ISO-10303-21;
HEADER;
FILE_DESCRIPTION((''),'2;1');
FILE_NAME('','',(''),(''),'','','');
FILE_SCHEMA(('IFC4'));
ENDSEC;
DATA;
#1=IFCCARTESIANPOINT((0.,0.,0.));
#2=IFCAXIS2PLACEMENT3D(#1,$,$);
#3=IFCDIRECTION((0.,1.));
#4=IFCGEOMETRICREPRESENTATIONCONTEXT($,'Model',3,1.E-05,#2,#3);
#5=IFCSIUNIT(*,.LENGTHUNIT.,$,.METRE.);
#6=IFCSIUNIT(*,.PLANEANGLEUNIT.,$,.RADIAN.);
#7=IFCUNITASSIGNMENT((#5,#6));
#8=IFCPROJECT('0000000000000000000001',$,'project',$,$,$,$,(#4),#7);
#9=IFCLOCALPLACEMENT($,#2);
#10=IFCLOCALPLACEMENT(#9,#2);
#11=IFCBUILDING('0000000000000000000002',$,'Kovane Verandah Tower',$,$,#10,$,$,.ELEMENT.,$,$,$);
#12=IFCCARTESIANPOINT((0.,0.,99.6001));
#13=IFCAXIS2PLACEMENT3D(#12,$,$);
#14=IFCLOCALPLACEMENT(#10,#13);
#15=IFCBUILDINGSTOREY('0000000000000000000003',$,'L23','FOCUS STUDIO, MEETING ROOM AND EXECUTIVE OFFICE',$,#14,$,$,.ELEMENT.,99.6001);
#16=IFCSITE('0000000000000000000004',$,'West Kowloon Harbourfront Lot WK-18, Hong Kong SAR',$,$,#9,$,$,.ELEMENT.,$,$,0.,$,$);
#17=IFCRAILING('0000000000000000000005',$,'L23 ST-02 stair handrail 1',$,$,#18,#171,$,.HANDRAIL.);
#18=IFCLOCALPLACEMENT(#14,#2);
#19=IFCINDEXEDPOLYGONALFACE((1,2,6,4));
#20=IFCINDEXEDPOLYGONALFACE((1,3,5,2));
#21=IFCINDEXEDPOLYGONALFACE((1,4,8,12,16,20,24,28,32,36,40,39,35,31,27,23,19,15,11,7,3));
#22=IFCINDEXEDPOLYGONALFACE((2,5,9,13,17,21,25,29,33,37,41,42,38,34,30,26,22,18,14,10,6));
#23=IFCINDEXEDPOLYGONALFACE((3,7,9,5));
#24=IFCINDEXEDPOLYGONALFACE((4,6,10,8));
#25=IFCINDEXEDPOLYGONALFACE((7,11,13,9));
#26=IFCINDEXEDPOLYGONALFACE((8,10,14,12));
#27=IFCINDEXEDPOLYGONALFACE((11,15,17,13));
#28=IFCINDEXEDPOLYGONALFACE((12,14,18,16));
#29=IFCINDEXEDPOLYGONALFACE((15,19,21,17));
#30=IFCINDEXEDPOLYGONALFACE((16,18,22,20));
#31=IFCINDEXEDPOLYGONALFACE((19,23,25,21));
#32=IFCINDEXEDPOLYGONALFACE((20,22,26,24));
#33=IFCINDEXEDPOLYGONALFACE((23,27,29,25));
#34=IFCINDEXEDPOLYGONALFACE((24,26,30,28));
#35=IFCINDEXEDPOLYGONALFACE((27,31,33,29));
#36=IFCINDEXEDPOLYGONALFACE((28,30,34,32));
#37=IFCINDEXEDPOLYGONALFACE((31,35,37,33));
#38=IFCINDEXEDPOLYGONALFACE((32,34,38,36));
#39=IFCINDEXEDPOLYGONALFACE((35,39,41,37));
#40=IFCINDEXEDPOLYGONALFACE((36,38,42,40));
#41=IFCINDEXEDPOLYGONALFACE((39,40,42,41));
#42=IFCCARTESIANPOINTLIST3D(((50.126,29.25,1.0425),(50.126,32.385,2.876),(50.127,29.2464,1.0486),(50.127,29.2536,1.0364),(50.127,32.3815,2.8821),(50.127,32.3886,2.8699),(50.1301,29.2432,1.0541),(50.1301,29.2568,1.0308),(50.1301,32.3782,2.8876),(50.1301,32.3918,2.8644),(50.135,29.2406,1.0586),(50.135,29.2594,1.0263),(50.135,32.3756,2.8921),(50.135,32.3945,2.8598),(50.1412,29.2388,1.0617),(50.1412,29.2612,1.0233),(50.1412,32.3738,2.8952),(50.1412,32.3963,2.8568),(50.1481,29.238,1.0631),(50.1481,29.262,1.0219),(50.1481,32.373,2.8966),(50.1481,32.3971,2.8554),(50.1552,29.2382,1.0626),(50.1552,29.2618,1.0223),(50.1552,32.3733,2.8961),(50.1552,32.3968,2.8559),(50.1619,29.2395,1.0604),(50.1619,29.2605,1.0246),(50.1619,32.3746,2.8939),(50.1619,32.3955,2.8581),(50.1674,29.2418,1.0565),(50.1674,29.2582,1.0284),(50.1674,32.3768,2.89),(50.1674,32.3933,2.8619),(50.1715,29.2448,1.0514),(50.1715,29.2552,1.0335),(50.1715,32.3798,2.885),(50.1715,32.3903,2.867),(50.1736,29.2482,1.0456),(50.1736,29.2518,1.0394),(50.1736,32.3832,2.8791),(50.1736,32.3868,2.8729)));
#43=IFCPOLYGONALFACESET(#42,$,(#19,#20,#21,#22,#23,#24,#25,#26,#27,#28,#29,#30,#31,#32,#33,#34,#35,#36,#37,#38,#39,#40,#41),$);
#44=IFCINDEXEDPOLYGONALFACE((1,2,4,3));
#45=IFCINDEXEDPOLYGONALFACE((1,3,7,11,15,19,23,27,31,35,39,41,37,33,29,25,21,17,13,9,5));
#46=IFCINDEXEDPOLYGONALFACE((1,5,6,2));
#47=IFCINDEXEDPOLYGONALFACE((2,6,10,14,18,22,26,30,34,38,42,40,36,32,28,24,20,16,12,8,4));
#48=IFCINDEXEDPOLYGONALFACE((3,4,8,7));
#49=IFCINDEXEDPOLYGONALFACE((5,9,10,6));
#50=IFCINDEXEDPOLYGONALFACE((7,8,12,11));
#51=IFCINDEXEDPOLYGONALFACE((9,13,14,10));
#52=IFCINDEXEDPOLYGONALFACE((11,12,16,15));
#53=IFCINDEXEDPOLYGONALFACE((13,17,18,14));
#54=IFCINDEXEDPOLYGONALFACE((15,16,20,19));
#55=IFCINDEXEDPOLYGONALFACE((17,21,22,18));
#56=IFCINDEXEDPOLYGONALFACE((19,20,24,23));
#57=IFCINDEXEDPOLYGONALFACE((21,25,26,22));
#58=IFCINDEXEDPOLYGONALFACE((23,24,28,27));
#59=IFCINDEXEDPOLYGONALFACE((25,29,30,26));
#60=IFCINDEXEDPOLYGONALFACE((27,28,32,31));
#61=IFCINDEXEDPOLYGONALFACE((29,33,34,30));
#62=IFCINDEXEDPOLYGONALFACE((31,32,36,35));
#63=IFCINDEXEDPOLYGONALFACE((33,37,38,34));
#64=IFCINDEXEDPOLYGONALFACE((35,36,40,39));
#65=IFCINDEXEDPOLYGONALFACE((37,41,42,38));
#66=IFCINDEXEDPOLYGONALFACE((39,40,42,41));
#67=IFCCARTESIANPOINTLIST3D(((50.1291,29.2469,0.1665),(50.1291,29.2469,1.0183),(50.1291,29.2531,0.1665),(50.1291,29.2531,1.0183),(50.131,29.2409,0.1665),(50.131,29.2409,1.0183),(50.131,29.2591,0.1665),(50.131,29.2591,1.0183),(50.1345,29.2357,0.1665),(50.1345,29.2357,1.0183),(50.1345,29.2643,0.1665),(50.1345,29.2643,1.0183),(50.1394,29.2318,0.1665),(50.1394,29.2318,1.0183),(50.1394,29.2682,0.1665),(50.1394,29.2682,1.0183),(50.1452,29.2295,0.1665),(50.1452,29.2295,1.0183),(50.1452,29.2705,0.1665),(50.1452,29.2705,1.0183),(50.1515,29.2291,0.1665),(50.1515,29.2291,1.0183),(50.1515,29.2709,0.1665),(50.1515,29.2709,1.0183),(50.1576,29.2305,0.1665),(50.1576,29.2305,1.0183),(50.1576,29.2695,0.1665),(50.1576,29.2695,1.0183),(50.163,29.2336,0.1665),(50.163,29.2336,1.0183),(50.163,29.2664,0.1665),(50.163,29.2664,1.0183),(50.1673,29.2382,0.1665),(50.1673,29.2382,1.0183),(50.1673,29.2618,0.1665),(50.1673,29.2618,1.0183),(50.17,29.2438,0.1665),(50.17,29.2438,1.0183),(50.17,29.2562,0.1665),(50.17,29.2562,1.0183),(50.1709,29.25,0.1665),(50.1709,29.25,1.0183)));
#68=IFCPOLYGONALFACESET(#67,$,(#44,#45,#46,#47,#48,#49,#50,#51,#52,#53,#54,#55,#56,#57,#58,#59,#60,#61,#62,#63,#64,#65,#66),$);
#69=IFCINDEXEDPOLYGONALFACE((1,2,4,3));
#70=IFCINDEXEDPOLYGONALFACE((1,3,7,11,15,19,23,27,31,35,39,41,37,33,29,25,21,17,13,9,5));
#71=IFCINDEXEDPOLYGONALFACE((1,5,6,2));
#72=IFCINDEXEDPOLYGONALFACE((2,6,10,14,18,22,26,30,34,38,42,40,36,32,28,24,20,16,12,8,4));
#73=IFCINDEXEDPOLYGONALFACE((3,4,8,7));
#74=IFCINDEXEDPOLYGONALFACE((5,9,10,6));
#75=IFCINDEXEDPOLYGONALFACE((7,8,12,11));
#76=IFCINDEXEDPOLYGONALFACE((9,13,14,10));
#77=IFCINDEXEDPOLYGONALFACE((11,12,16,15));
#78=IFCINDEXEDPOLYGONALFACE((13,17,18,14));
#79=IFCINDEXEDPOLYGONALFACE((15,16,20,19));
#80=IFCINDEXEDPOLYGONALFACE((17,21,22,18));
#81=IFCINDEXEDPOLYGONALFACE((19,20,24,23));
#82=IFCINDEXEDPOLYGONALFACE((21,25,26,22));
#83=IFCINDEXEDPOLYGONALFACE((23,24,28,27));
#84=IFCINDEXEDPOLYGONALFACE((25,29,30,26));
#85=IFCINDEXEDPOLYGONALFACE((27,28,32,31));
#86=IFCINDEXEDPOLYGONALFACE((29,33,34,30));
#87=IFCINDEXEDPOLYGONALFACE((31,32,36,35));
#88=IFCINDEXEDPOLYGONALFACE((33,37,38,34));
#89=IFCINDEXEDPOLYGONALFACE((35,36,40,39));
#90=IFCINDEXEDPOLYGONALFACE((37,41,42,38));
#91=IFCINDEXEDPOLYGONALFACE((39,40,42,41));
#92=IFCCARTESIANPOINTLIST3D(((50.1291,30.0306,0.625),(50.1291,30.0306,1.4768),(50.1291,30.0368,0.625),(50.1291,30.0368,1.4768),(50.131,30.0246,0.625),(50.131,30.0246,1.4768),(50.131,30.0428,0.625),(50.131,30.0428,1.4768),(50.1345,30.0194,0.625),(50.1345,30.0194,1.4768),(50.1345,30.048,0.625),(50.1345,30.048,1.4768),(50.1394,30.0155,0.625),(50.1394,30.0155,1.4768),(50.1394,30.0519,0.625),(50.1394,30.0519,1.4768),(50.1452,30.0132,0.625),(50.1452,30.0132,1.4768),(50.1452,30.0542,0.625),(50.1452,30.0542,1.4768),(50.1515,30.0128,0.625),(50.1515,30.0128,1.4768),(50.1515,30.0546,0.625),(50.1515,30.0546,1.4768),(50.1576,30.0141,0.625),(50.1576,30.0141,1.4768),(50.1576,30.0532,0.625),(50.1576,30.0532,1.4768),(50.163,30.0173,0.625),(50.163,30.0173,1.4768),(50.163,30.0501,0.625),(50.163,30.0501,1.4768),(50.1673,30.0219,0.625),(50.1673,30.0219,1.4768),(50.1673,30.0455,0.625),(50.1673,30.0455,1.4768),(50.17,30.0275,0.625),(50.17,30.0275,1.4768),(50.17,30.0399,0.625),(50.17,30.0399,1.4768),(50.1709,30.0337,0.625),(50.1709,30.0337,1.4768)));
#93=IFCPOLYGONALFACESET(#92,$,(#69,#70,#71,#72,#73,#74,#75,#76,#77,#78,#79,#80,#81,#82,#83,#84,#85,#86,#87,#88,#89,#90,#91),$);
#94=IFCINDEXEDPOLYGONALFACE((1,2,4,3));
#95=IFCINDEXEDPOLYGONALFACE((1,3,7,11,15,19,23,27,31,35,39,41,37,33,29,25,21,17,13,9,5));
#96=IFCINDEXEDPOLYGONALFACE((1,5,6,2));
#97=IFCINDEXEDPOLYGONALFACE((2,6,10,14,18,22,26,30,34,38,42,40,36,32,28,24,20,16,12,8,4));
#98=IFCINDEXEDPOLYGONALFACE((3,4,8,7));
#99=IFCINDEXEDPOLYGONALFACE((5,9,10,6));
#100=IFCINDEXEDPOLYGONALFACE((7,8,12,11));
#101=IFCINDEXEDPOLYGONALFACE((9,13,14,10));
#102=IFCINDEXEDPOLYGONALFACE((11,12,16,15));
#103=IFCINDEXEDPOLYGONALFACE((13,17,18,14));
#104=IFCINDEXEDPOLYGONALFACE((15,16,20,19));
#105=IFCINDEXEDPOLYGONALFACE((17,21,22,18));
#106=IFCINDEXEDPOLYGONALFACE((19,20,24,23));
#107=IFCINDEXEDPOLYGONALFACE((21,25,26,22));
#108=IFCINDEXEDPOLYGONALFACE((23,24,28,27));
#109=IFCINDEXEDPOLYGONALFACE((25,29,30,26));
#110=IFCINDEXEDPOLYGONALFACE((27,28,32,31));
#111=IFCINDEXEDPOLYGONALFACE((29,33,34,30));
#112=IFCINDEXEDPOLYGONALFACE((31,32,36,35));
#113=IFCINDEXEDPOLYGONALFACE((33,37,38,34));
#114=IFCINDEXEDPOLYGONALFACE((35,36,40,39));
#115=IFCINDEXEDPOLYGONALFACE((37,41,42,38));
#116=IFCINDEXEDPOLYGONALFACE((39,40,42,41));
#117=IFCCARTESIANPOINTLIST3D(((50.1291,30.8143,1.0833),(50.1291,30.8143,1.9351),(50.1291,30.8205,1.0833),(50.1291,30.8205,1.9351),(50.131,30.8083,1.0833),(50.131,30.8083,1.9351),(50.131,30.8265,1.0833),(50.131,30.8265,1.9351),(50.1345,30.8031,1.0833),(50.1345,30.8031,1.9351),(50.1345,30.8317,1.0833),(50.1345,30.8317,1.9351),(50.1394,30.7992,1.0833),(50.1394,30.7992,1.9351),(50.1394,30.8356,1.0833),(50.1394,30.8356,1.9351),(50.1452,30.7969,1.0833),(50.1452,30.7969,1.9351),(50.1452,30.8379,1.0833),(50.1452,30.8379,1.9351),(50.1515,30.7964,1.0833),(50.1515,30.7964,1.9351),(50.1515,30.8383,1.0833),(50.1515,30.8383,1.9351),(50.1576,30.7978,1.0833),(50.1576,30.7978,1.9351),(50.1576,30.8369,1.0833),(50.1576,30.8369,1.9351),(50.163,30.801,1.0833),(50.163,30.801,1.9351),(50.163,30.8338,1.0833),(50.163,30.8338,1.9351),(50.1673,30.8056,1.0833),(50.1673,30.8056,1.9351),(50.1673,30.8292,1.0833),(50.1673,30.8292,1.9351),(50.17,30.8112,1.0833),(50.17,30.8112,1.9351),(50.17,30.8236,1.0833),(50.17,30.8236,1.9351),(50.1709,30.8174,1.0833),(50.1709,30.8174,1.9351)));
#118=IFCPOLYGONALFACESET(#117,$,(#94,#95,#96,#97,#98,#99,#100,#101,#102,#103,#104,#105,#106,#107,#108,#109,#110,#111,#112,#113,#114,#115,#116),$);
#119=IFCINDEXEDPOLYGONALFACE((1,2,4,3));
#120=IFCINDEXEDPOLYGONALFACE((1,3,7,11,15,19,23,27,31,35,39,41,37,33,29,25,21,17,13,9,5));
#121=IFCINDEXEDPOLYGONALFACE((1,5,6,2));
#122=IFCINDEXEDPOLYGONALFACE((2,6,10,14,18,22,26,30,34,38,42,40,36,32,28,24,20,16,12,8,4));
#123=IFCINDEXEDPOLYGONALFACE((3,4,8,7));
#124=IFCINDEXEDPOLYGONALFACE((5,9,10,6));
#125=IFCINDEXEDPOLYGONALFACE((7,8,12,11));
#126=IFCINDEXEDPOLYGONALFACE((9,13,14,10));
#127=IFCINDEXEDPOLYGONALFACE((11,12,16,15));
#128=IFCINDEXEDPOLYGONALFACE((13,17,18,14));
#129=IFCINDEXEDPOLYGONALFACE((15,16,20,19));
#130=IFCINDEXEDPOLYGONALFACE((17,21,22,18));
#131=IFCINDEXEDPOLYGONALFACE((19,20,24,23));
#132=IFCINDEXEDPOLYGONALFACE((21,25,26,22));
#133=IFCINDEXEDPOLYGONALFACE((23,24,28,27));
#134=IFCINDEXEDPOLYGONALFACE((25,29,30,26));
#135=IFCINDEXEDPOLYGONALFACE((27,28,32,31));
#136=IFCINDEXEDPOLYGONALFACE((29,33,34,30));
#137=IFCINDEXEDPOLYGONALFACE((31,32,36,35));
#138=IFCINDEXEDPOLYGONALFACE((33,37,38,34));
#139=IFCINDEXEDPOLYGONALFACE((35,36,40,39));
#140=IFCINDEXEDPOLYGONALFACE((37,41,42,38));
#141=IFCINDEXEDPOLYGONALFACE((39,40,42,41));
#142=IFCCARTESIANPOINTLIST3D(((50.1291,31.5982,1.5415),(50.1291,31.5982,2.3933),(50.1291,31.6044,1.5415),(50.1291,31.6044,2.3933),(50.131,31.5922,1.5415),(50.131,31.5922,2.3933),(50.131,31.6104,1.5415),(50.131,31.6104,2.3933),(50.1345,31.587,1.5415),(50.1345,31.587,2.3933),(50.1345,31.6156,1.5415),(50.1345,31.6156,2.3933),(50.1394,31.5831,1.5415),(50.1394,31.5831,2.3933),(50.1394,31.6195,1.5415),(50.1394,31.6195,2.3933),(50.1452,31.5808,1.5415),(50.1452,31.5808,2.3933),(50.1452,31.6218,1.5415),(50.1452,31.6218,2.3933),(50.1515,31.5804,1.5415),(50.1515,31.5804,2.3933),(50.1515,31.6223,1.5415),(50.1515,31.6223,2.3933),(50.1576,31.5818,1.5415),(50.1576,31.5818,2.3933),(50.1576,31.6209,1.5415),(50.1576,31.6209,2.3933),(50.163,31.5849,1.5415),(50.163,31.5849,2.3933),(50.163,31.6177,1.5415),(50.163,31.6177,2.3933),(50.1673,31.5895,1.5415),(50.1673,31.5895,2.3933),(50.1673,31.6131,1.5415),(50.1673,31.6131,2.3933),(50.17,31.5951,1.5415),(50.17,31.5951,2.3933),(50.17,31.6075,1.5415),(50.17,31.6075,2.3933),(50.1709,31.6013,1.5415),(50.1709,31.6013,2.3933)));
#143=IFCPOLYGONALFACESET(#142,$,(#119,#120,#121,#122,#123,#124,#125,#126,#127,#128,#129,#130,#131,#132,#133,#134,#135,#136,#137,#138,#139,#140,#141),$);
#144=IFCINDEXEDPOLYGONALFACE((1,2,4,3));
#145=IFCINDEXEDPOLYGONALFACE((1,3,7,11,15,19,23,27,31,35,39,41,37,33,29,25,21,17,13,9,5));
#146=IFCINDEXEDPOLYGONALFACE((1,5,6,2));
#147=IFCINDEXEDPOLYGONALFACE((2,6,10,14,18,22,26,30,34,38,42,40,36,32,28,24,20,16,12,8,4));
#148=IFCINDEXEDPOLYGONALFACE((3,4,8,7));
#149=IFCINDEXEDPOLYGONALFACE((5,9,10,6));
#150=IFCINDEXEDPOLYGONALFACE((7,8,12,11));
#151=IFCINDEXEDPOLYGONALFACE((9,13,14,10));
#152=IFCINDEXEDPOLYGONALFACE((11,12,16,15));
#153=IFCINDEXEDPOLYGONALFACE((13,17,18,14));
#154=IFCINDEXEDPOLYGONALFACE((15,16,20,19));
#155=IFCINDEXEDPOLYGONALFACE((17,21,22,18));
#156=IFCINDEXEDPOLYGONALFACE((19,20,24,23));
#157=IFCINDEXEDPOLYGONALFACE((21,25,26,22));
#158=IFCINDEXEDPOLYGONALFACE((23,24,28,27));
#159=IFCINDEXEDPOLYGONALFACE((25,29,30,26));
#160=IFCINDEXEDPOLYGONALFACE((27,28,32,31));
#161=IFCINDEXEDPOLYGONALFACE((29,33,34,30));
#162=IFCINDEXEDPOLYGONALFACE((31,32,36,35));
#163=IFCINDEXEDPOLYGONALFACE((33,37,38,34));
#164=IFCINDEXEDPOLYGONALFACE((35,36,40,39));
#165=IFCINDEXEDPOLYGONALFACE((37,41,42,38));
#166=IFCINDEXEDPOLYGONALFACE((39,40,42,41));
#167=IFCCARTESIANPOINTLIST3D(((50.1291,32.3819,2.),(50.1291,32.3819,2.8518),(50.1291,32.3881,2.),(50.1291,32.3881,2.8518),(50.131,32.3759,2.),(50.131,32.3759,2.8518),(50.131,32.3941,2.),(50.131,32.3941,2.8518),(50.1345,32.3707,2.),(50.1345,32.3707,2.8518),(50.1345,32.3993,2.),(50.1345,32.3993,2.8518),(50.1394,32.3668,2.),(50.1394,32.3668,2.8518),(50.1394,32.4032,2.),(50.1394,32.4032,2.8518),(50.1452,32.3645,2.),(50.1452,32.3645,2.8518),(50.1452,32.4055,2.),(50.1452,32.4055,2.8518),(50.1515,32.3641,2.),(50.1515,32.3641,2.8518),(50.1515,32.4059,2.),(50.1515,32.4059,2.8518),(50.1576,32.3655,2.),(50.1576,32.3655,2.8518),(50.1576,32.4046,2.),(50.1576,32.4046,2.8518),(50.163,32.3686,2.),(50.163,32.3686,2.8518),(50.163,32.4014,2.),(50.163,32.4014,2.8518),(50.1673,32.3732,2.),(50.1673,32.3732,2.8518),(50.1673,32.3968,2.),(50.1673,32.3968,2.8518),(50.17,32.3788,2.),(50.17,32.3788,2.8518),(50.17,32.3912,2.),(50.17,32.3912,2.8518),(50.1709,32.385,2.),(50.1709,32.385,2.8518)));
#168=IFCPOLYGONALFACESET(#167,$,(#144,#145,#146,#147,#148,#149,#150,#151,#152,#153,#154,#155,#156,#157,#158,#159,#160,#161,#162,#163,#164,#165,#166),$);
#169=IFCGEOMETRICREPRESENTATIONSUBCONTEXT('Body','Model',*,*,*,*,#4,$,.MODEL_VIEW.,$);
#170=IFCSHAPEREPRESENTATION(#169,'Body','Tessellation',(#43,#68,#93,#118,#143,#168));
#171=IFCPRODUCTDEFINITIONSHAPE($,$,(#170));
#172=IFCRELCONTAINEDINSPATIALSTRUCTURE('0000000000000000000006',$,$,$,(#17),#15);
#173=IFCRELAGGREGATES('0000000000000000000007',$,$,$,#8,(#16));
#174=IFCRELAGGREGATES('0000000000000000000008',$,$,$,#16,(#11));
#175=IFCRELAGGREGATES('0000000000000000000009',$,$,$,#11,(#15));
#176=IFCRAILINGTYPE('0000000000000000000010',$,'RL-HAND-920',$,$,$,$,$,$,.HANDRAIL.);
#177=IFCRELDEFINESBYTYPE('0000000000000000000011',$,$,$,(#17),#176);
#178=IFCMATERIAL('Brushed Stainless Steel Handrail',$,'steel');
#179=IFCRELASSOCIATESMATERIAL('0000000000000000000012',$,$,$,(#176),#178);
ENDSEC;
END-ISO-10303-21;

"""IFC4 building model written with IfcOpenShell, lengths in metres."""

from ifc_helpers import new_model, si_unit, direction, frame, origin, origin_2d, place, context, subcontext, project, spatial, circle, extrude, material, type_object, element, save


model = new_model("IFC4")

# Units and contexts
model_context = context("Model", 3, precision=1e-05, world=origin(), true_north=direction((0.0, 1.0)))
body_context = subcontext(model_context, "Body", "Model", "MODEL_VIEW")
ifc_project = project(units=[si_unit("LENGTHUNIT", "METRE"), si_unit("PLANEANGLEUNIT", "RADIAN")], contexts=[model_context])

# Site, building, storey
site_placement = place(None, origin())
site = spatial("IfcSite", under=ifc_project, at=site_placement, Name="West Kowloon Harbourfront Lot WK-18, Hong Kong SAR", CompositionType="ELEMENT", RefElevation=0.0)
building_placement = place(site_placement, origin())
building = spatial("IfcBuilding", under=site, at=building_placement, Name="Kovane Verandah Tower", CompositionType="ELEMENT")
storey_placement = place(building_placement, frame((0.0, 0.0, 99.6001)))
storey = spatial("IfcBuildingStorey", under=building, at=storey_placement, Name="L23", Description="FOCUS STUDIO, MEETING ROOM AND EXECUTIVE OFFICE", CompositionType="ELEMENT", Elevation=99.6001)

# Railing
ifc_material_1 = material(Name="Brushed Stainless Steel Handrail", Category="steel")
railing_type_1 = type_object("IfcRailingType", Name="RL-HAND-920", PredefinedType="HANDRAIL", material=ifc_material_1)
railing_1_placement = place(storey_placement, frame((50.1499, 29.25, 0.1665)))
element("IfcRailing", 1, at=railing_1_placement, inside=storey, type_object=railing_type_1, Name="L23 ST-02 stair handrail 1", PredefinedType="HANDRAIL", context=body_context, shape_type="SweptSolid", body=[
    extrude(circle(Radius=0.0239, at=origin_2d()), frame((0.0, 0.0, 0.876), z_axis=(0.0, 0.86321, 0.504845), x_axis=(-1.0, 0.0, 0.0)), (0.0, 0.0, 1.0), 3.6318),
    extrude(circle(Radius=0.021, at=origin_2d()), origin(), (0.0, 0.0, 1.0), 0.8518),
    extrude(circle(Radius=0.021, at=origin_2d()), frame((0.0, 0.7837, 0.4585)), (0.0, 0.0, 1.0), 0.8518),
    extrude(circle(Radius=0.021, at=origin_2d()), frame((0.0, 1.5674, 0.9167)), (0.0, 0.0, 1.0), 0.8518),
    extrude(circle(Radius=0.021, at=origin_2d()), frame((0.0, 2.3513, 1.375)), (0.0, 0.0, 1.0), 0.8518),
    extrude(circle(Radius=0.021, at=origin_2d()), frame((0.0, 3.135, 1.8335)), (0.0, 0.0, 1.0), 0.8518),
])

save(model, "model.ifc")
